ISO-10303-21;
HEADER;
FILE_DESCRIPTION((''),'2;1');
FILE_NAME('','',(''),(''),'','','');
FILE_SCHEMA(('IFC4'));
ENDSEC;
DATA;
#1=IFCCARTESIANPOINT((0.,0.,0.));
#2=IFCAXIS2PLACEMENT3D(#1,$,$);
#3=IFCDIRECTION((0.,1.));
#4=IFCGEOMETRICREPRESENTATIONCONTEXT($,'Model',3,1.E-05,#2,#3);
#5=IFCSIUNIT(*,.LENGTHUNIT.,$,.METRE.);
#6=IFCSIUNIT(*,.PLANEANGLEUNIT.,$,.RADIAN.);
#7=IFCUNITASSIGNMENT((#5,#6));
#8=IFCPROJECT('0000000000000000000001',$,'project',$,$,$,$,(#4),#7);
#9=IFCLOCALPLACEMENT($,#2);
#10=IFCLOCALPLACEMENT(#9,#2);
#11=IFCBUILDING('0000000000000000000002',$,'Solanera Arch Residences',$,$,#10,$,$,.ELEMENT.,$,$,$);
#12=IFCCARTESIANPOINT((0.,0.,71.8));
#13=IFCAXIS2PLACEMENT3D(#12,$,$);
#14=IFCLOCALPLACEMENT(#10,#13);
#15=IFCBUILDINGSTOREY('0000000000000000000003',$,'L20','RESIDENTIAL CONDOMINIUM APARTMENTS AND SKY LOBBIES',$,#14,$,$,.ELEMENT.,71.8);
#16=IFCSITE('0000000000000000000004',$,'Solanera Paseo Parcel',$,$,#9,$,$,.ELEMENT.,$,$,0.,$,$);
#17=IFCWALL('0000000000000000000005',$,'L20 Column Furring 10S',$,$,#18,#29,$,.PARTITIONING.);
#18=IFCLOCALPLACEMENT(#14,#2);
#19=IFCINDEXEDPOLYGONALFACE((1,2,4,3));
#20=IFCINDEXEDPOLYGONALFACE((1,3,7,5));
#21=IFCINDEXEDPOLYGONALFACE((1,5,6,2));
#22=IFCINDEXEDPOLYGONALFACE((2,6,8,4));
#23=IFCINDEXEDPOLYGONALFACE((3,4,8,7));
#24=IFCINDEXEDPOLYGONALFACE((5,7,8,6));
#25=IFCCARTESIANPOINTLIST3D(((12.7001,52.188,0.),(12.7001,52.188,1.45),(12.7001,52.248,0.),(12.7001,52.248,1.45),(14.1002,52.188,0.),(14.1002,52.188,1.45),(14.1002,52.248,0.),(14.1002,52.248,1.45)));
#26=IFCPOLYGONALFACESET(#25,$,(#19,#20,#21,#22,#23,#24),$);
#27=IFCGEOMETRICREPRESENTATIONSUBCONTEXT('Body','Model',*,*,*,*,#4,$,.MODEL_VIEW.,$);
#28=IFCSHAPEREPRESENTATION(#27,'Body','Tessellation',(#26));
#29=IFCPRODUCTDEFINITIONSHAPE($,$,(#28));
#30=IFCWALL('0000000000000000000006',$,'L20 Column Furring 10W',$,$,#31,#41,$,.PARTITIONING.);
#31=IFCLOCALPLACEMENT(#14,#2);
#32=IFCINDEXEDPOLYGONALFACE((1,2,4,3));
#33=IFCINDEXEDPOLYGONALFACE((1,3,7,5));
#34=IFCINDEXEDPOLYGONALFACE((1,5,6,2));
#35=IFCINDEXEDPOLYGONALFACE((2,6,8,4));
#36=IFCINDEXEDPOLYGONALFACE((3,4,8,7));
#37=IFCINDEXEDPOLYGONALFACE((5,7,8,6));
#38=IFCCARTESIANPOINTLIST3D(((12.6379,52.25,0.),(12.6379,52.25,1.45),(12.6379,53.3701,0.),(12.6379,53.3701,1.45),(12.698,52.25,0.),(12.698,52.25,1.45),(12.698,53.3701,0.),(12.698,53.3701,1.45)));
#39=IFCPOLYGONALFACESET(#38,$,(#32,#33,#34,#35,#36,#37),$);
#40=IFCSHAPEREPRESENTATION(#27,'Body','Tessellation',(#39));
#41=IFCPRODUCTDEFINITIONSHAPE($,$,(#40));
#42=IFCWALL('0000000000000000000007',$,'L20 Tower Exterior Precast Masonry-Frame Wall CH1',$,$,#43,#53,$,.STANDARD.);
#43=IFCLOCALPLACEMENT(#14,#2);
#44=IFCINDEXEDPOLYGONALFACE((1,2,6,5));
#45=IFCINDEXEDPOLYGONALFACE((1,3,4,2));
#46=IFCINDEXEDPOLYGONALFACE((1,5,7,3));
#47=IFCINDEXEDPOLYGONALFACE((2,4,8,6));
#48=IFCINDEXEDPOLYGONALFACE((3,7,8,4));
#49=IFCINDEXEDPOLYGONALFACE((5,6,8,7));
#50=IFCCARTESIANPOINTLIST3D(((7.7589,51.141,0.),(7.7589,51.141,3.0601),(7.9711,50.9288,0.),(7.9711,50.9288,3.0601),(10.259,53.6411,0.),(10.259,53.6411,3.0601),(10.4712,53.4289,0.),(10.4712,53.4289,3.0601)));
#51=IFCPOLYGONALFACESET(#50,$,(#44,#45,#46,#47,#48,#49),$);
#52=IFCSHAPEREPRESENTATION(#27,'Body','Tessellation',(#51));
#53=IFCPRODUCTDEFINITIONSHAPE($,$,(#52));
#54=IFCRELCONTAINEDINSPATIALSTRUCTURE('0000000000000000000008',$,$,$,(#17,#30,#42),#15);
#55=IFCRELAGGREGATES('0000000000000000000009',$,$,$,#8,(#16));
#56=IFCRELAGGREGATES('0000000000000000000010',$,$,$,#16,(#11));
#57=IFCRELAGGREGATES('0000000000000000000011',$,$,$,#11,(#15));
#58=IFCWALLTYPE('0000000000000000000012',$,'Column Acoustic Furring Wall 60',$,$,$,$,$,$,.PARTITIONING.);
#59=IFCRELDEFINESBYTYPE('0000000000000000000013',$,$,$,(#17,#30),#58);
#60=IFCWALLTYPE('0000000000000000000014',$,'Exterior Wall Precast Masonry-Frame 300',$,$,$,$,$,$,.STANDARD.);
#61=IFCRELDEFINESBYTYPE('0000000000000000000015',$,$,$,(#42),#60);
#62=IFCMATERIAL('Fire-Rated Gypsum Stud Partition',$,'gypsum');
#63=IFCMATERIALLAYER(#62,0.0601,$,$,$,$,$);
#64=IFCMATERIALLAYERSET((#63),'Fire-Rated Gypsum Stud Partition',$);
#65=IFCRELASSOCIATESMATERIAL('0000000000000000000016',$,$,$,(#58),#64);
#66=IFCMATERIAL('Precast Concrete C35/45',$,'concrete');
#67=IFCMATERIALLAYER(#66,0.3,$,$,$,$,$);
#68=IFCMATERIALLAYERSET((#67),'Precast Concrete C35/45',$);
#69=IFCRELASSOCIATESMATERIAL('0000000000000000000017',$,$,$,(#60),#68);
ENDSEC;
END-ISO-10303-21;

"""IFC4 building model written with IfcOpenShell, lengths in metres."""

from ifc_helpers import new_model, si_unit, direction, frame, frame_2d, origin, place, context, subcontext, project, spatial, rectangle, extrude, material, layer, layer_set, type_object, element, save


model = new_model("IFC4")

# Units and contexts
model_context = context("Model", 3, precision=1e-05, world=origin(), true_north=direction((0.0, 1.0)))
body_context = subcontext(model_context, "Body", "Model", "MODEL_VIEW")
ifc_project = project(units=[si_unit("LENGTHUNIT", "METRE"), si_unit("PLANEANGLEUNIT", "RADIAN")], contexts=[model_context])

# Site, building, storey
site_placement = place(None, origin())
site = spatial("IfcSite", under=ifc_project, at=site_placement, Name="Solanera Paseo Parcel", CompositionType="ELEMENT", RefElevation=0.0)
building_placement = place(site_placement, origin())
building = spatial("IfcBuilding", under=site, at=building_placement, Name="Solanera Arch Residences", CompositionType="ELEMENT")
storey_placement = place(building_placement, frame((0.0, 0.0, 71.8)))
storey = spatial("IfcBuildingStorey", under=building, at=storey_placement, Name="L20", Description="RESIDENTIAL CONDOMINIUM APARTMENTS AND SKY LOBBIES", CompositionType="ELEMENT", Elevation=71.8)

# Walls
ifc_material_1 = material(Name="Fire-Rated Gypsum Stud Partition", Category="gypsum")
ifc_layer_1 = layer(ifc_material_1, 0.0601)
ifc_layer_set_1 = layer_set([ifc_layer_1], Name="Fire-Rated Gypsum Stud Partition")
wall_type_1 = type_object("IfcWallType", Name="Column Acoustic Furring Wall 60", PredefinedType="PARTITIONING", material=ifc_layer_set_1)
wall_1_placement = place(storey_placement, frame((12.7, 52.218, 0.0), z_axis=(0.0, 0.0, 1.0), x_axis=(1.0, 0.0, 0.0)))
element("IfcWall", 1, at=wall_1_placement, inside=storey, type_object=wall_type_1, Name="L20 Column Furring 10S", PredefinedType="PARTITIONING", context=body_context, shape_type="SweptSolid", body=[
    extrude(rectangle(XDim=1.4001, YDim=0.0601, at=frame_2d((0.7002, 0.0))), origin(), (0.0, 0.0, 1.0), 1.45),
])
wall_2_placement = place(storey_placement, frame((12.668, 52.25, 0.0), z_axis=(0.0, 0.0, 1.0), x_axis=(0.0, 1.0, 0.0)))
element("IfcWall", 2, at=wall_2_placement, inside=storey, type_object=wall_type_1, Name="L20 Column Furring 10W", PredefinedType="PARTITIONING", context=body_context, shape_type="SweptSolid", body=[
    extrude(rectangle(XDim=1.1201, YDim=0.0601, at=frame_2d((0.5601, 0.0))), origin(), (0.0, 0.0, 1.0), 1.45),
])
ifc_material_2 = material(Name="Precast Concrete C35/45", Category="concrete")
ifc_layer_2 = layer(ifc_material_2, 0.3)
ifc_layer_set_2 = layer_set([ifc_layer_2], Name="Precast Concrete C35/45")
wall_type_2 = type_object("IfcWallType", Name="Exterior Wall Precast Masonry-Frame 300", PredefinedType="STANDARD", material=ifc_layer_set_2)
wall_3_placement = place(storey_placement, frame((7.865, 51.0349, 0.0), z_axis=(0.0, 0.0, 1.0), x_axis=(0.707107, 0.707107, 0.0)))
element("IfcWall", 3, at=wall_3_placement, inside=storey, type_object=wall_type_2, Name="L20 Tower Exterior Precast Masonry-Frame Wall CH1", PredefinedType="STANDARD", context=body_context, shape_type="SweptSolid", body=[
    extrude(rectangle(XDim=3.5356, YDim=0.3, at=frame_2d((1.7678, 0.0))), origin(), (0.0, 0.0, 1.0), 3.0601),
])

save(model, "model.ifc")
